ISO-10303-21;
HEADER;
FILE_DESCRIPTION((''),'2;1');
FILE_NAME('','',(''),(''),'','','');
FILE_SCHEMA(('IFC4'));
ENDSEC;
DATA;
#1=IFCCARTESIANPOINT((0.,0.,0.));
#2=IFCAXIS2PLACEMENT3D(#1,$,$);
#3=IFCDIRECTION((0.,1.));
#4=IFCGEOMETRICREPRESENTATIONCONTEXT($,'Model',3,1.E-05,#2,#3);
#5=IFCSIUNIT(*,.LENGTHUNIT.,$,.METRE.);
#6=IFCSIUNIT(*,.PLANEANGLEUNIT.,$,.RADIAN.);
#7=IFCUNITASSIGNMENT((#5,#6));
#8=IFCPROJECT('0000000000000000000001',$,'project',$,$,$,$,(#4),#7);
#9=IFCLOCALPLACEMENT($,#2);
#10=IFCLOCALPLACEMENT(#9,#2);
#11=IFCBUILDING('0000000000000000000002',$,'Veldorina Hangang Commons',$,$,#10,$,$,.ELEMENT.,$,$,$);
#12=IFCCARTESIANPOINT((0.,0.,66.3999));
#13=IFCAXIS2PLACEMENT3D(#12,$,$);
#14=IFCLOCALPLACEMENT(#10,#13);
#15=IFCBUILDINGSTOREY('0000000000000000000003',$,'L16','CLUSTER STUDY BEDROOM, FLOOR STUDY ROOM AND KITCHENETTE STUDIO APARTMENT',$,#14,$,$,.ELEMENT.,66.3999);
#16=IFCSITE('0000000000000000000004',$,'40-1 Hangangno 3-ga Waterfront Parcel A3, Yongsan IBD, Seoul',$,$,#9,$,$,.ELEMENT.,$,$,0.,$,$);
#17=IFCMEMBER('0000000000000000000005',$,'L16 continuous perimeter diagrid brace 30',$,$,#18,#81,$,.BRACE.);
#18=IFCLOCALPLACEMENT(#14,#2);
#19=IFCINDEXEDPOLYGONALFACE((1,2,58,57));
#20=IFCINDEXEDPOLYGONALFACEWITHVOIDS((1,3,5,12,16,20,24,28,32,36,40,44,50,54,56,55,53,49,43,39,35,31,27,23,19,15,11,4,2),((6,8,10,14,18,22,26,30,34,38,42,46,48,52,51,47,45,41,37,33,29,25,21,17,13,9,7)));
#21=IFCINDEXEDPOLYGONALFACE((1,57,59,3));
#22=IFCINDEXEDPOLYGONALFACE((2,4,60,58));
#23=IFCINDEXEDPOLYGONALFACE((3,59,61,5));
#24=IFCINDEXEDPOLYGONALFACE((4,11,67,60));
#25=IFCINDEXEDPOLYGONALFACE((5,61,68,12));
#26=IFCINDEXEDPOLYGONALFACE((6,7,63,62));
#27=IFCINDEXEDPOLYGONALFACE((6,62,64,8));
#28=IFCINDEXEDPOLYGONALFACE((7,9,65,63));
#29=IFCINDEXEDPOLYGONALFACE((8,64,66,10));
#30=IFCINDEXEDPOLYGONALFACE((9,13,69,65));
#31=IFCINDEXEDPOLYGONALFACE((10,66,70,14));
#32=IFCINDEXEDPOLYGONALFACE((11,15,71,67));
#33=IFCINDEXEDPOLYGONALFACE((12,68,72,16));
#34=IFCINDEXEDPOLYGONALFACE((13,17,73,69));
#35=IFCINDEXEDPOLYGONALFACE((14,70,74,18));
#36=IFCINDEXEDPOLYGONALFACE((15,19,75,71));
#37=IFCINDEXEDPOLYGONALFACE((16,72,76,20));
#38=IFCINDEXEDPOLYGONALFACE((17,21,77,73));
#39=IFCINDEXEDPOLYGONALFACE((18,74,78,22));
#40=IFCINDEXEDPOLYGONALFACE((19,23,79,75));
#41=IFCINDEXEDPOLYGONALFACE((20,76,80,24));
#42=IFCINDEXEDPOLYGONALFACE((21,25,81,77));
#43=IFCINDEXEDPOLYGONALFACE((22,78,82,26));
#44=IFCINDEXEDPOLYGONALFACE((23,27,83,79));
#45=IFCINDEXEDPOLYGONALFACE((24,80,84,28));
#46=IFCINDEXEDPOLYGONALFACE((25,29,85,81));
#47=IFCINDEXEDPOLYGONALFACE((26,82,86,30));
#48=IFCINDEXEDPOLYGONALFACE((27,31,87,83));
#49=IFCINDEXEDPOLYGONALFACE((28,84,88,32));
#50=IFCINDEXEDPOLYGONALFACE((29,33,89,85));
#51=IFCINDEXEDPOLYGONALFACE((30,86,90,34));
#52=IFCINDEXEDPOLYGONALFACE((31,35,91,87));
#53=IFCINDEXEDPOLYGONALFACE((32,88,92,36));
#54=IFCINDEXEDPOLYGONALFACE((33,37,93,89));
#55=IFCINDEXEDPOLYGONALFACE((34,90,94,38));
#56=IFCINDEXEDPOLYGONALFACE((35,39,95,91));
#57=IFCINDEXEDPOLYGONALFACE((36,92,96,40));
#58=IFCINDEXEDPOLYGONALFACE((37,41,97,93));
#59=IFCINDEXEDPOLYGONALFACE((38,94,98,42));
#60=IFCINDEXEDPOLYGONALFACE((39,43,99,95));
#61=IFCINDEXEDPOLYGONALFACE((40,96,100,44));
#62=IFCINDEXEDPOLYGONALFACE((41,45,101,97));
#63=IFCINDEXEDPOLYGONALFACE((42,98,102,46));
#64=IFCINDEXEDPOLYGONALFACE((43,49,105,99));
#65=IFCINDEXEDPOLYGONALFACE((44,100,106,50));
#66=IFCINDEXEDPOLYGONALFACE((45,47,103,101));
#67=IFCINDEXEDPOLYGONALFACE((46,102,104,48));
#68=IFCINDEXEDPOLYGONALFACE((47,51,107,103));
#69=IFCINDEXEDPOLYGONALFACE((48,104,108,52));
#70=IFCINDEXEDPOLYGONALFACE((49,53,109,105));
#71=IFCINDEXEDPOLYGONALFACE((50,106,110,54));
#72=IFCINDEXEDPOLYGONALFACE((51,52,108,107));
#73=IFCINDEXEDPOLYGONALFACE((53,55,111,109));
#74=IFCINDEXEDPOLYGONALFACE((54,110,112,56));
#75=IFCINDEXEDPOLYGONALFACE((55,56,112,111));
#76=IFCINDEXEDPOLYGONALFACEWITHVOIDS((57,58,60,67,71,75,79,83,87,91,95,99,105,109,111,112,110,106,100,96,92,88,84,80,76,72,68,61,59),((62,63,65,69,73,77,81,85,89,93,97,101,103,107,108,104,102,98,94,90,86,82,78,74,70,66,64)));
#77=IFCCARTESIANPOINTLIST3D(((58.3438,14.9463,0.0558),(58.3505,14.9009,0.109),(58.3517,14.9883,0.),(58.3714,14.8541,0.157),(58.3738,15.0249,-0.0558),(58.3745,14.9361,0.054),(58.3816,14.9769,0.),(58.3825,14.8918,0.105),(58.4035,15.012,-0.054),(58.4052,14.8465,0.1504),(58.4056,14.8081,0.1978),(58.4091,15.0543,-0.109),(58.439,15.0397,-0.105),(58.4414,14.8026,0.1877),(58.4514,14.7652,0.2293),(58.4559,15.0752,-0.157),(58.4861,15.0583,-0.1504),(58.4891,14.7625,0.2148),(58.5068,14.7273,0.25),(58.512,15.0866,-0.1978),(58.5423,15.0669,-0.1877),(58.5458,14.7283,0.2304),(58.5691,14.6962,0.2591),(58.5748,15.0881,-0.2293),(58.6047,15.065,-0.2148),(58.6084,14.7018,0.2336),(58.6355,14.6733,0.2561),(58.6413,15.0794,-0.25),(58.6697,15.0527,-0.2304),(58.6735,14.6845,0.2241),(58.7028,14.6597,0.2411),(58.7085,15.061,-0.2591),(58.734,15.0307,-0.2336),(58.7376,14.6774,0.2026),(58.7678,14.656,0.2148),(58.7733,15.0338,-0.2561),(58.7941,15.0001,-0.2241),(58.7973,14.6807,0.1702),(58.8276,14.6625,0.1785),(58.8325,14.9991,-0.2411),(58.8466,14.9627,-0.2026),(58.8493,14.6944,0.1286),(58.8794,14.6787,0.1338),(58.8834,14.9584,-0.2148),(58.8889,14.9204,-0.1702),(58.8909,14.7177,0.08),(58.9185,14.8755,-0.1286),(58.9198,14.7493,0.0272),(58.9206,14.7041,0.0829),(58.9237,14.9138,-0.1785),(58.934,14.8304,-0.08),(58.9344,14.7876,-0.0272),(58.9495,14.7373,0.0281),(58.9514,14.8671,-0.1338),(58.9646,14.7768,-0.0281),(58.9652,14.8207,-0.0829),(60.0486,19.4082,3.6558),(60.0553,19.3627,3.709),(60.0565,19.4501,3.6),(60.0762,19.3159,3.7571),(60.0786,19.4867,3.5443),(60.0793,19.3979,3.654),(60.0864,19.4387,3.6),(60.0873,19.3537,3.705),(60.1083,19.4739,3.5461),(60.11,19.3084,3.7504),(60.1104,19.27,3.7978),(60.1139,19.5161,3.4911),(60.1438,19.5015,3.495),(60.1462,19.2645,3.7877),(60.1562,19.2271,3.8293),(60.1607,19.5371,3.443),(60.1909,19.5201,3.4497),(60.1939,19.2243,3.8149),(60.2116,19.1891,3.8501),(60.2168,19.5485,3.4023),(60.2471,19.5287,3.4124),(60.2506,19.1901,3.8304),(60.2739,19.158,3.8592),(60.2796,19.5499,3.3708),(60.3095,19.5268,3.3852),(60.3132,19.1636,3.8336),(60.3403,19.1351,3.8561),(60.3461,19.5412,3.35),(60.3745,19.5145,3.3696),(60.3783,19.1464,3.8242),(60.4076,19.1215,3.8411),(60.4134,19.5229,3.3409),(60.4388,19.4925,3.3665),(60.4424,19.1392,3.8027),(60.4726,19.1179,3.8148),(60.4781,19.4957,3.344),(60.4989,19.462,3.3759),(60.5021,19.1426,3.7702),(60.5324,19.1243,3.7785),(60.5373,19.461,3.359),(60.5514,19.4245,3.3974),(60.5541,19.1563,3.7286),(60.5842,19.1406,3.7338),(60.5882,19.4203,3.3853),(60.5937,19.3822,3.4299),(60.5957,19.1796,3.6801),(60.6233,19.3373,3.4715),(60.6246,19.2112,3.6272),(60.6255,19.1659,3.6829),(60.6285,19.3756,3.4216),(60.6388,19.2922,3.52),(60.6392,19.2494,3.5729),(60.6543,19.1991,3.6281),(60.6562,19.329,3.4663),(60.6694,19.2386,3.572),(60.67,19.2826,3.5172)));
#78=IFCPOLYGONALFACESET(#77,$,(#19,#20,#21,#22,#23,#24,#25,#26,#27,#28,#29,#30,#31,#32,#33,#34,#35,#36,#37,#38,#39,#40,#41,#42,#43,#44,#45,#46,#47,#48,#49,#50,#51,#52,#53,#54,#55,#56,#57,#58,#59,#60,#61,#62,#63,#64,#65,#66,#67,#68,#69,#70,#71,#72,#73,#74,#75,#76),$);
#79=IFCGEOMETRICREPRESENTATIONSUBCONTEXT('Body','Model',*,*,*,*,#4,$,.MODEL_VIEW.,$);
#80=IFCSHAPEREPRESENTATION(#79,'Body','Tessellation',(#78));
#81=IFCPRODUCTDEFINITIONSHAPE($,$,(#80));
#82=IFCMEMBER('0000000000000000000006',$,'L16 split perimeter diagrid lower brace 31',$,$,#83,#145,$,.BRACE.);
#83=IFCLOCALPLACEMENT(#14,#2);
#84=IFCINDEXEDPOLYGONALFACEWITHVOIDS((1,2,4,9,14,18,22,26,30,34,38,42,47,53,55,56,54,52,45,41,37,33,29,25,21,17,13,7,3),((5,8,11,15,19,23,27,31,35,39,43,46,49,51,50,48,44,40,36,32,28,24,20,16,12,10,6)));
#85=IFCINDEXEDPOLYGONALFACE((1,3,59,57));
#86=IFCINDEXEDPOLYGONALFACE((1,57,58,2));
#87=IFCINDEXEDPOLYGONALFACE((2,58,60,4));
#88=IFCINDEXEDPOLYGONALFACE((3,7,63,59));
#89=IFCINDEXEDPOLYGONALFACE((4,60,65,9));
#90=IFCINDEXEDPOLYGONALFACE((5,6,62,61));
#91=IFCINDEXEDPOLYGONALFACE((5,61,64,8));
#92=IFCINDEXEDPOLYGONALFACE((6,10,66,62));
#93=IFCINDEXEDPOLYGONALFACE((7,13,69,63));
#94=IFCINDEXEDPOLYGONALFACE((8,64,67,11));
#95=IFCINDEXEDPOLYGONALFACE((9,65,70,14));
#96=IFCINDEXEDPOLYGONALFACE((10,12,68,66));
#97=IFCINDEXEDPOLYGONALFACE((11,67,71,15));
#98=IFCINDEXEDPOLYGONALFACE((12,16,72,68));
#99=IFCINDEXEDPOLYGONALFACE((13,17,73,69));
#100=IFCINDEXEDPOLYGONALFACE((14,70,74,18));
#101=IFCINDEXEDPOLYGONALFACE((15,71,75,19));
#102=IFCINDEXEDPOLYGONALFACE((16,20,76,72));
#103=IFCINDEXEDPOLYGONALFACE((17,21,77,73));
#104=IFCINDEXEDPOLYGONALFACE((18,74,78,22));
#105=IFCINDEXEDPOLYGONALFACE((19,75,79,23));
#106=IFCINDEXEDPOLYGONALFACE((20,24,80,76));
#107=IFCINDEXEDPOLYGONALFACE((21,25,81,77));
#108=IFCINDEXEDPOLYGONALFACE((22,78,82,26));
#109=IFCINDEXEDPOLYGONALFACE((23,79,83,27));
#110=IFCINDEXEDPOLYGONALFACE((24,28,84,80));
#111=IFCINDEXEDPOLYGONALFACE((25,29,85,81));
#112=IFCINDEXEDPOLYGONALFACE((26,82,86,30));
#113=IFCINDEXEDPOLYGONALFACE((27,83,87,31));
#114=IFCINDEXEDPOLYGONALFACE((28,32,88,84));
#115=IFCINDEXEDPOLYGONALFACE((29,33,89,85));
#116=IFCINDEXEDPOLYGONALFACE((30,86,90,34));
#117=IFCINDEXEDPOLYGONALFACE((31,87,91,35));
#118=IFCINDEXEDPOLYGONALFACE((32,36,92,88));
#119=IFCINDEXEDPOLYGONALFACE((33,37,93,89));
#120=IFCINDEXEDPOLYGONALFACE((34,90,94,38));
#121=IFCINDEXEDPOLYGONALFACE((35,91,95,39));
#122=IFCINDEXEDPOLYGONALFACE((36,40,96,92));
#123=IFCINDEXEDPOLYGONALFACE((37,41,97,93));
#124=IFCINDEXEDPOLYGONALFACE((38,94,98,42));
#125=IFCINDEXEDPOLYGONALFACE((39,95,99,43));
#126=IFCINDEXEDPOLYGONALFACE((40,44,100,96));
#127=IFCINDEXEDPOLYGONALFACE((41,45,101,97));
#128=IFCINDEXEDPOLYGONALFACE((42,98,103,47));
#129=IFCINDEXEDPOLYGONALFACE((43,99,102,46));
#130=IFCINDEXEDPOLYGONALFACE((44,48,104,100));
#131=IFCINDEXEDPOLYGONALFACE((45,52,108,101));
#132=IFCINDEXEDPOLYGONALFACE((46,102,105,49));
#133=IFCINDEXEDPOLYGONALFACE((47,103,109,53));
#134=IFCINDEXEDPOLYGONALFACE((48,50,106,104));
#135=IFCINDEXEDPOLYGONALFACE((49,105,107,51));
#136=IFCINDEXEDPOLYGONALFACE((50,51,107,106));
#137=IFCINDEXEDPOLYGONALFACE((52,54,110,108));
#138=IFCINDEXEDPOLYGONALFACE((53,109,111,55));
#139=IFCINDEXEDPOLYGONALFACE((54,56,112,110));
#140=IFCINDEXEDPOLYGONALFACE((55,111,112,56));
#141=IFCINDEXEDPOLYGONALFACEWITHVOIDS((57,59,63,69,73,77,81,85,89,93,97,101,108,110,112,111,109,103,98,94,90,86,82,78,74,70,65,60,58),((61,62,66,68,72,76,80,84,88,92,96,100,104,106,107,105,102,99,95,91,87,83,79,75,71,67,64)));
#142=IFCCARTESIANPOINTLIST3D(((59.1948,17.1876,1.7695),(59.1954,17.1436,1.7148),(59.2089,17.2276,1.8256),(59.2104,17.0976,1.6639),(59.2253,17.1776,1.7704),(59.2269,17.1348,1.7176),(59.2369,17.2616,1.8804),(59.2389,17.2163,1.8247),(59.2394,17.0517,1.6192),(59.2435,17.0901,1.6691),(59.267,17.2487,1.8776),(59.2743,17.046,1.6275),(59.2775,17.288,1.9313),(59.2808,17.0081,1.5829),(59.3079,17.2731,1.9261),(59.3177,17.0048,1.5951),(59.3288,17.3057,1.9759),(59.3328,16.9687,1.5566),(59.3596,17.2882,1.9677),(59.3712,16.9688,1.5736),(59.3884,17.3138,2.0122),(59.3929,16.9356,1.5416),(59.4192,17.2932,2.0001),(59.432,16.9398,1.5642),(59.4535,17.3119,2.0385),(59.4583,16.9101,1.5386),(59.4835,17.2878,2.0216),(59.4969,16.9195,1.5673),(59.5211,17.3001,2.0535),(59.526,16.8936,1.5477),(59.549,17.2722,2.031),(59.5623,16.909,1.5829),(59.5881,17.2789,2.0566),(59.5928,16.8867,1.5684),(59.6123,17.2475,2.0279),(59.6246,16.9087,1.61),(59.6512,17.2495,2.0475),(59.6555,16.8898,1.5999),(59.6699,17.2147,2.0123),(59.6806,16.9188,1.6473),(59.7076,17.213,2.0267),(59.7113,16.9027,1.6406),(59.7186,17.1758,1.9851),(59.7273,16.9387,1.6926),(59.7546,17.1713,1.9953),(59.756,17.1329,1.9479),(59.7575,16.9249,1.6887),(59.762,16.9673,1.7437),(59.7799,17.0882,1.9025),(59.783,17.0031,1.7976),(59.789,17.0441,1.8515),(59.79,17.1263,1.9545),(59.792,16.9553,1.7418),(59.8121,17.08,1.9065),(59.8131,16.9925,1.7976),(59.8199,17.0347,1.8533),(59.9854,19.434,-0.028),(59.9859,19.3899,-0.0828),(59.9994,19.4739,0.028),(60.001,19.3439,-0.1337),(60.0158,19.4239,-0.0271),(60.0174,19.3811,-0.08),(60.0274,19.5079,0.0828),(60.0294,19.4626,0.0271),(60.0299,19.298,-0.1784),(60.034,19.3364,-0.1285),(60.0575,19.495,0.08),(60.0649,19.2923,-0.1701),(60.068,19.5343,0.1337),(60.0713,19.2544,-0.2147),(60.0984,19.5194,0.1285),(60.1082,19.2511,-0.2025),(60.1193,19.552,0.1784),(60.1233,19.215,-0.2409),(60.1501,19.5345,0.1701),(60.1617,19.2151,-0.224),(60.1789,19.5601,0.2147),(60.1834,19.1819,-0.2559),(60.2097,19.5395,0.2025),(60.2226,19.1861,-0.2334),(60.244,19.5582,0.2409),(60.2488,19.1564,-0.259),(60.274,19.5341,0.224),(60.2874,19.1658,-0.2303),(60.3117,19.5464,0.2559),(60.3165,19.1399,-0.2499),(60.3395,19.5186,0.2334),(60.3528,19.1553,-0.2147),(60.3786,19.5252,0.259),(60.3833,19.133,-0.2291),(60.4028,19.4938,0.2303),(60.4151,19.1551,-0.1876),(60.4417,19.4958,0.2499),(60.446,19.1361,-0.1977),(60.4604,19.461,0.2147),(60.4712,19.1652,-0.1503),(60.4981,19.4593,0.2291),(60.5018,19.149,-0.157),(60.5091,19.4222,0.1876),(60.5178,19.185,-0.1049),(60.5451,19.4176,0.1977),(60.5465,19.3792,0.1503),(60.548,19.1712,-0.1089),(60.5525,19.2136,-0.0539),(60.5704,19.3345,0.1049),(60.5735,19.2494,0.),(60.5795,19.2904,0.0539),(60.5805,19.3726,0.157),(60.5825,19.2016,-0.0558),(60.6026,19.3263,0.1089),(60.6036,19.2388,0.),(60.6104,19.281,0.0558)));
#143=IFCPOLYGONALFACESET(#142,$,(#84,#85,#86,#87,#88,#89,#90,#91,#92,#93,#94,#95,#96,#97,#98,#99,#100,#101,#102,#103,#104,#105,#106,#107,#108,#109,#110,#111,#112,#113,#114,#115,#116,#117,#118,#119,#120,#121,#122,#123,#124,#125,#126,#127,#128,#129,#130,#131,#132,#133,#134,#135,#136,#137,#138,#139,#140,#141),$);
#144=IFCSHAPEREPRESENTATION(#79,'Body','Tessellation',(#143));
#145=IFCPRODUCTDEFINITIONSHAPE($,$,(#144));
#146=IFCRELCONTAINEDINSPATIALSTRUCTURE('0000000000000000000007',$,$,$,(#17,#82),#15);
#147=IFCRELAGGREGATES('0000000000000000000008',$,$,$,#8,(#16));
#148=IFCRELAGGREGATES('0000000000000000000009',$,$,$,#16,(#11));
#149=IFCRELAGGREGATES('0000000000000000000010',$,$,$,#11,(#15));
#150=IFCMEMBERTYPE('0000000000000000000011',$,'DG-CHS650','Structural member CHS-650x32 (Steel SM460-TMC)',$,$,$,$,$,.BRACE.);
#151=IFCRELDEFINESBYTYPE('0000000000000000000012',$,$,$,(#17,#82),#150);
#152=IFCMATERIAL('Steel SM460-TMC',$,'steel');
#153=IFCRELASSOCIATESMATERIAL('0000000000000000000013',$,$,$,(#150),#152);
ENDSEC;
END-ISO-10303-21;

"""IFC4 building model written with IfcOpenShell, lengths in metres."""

from ifc_helpers import new_model, si_unit, direction, frame, origin, origin_2d, place, context, subcontext, project, spatial, hollow_circle, extrude, material, material_profile, profile_set, type_object, element, save


model = new_model("IFC4")

# Units and contexts
model_context = context("Model", 3, precision=1e-05, world=origin(), true_north=direction((0.0, 1.0)))
body_context = subcontext(model_context, "Body", "Model", "MODEL_VIEW")
ifc_project = project(units=[si_unit("LENGTHUNIT", "METRE"), si_unit("PLANEANGLEUNIT", "RADIAN")], contexts=[model_context])

# Site, building, storey
site_placement = place(None, origin())
site = spatial("IfcSite", under=ifc_project, at=site_placement, Name="40-1 Hangangno 3-ga Waterfront Parcel A3, Yongsan IBD, Seoul", CompositionType="ELEMENT", RefElevation=0.0)
building_placement = place(site_placement, origin())
building = spatial("IfcBuilding", under=site, at=building_placement, Name="Veldorina Hangang Commons", CompositionType="ELEMENT")
storey_placement = place(building_placement, frame((0.0, 0.0, 66.3999)))
storey = spatial("IfcBuildingStorey", under=building, at=storey_placement, Name="L16", Description="CLUSTER STUDY BEDROOM, FLOOR STUDY ROOM AND KITCHENETTE STUDIO APARTMENT", CompositionType="ELEMENT", Elevation=66.3999)

# Members
ifc_material_1 = material(Name="Steel SM460-TMC", Category="steel")
ifc_material_profile_1 = material_profile(ifc_material_1, hollow_circle(Radius=0.325, WallThickness=0.032, at=origin_2d()), Name="CHS-650x32")
ifc_profile_set_1 = profile_set([ifc_material_profile_1], Name="Steel SM460-TMC")
member_type_1 = type_object("IfcMemberType", Name="DG-CHS650", Description="Structural member CHS-650x32 (Steel SM460-TMC)", PredefinedType="BRACE", material=ifc_profile_set_1)
member_1_placement = place(storey_placement, frame((58.6553, 14.8723, 0.0), z_axis=(0.285028, 0.745978, 0.601893), x_axis=(-0.934135, 0.35692, 0.0)))
element("IfcMember", 1, at=member_1_placement, inside=storey, type_object=member_type_1, Name="L16 continuous perimeter diagrid brace 30", PredefinedType="BRACE", context=body_context, shape_type="SweptSolid", body=[
    extrude(hollow_circle(Radius=0.325, WallThickness=0.032, at=origin_2d()), origin(), (0.0, 0.0, 1.0), 5.9812),
])
member_2_placement = place(storey_placement, frame((60.2971, 19.3467, 0.0), z_axis=(-0.26495, -0.752874, 0.60248), x_axis=(0.943293, -0.331962, 0.0)))
element("IfcMember", 2, at=member_2_placement, inside=storey, type_object=member_type_1, Name="L16 split perimeter diagrid lower brace 31", PredefinedType="BRACE", context=body_context, shape_type="SweptSolid", body=[
    extrude(hollow_circle(Radius=0.325, WallThickness=0.032, at=origin_2d()), origin(), (0.0, 0.0, 1.0), 2.9836),
])

save(model, "model.ifc")
